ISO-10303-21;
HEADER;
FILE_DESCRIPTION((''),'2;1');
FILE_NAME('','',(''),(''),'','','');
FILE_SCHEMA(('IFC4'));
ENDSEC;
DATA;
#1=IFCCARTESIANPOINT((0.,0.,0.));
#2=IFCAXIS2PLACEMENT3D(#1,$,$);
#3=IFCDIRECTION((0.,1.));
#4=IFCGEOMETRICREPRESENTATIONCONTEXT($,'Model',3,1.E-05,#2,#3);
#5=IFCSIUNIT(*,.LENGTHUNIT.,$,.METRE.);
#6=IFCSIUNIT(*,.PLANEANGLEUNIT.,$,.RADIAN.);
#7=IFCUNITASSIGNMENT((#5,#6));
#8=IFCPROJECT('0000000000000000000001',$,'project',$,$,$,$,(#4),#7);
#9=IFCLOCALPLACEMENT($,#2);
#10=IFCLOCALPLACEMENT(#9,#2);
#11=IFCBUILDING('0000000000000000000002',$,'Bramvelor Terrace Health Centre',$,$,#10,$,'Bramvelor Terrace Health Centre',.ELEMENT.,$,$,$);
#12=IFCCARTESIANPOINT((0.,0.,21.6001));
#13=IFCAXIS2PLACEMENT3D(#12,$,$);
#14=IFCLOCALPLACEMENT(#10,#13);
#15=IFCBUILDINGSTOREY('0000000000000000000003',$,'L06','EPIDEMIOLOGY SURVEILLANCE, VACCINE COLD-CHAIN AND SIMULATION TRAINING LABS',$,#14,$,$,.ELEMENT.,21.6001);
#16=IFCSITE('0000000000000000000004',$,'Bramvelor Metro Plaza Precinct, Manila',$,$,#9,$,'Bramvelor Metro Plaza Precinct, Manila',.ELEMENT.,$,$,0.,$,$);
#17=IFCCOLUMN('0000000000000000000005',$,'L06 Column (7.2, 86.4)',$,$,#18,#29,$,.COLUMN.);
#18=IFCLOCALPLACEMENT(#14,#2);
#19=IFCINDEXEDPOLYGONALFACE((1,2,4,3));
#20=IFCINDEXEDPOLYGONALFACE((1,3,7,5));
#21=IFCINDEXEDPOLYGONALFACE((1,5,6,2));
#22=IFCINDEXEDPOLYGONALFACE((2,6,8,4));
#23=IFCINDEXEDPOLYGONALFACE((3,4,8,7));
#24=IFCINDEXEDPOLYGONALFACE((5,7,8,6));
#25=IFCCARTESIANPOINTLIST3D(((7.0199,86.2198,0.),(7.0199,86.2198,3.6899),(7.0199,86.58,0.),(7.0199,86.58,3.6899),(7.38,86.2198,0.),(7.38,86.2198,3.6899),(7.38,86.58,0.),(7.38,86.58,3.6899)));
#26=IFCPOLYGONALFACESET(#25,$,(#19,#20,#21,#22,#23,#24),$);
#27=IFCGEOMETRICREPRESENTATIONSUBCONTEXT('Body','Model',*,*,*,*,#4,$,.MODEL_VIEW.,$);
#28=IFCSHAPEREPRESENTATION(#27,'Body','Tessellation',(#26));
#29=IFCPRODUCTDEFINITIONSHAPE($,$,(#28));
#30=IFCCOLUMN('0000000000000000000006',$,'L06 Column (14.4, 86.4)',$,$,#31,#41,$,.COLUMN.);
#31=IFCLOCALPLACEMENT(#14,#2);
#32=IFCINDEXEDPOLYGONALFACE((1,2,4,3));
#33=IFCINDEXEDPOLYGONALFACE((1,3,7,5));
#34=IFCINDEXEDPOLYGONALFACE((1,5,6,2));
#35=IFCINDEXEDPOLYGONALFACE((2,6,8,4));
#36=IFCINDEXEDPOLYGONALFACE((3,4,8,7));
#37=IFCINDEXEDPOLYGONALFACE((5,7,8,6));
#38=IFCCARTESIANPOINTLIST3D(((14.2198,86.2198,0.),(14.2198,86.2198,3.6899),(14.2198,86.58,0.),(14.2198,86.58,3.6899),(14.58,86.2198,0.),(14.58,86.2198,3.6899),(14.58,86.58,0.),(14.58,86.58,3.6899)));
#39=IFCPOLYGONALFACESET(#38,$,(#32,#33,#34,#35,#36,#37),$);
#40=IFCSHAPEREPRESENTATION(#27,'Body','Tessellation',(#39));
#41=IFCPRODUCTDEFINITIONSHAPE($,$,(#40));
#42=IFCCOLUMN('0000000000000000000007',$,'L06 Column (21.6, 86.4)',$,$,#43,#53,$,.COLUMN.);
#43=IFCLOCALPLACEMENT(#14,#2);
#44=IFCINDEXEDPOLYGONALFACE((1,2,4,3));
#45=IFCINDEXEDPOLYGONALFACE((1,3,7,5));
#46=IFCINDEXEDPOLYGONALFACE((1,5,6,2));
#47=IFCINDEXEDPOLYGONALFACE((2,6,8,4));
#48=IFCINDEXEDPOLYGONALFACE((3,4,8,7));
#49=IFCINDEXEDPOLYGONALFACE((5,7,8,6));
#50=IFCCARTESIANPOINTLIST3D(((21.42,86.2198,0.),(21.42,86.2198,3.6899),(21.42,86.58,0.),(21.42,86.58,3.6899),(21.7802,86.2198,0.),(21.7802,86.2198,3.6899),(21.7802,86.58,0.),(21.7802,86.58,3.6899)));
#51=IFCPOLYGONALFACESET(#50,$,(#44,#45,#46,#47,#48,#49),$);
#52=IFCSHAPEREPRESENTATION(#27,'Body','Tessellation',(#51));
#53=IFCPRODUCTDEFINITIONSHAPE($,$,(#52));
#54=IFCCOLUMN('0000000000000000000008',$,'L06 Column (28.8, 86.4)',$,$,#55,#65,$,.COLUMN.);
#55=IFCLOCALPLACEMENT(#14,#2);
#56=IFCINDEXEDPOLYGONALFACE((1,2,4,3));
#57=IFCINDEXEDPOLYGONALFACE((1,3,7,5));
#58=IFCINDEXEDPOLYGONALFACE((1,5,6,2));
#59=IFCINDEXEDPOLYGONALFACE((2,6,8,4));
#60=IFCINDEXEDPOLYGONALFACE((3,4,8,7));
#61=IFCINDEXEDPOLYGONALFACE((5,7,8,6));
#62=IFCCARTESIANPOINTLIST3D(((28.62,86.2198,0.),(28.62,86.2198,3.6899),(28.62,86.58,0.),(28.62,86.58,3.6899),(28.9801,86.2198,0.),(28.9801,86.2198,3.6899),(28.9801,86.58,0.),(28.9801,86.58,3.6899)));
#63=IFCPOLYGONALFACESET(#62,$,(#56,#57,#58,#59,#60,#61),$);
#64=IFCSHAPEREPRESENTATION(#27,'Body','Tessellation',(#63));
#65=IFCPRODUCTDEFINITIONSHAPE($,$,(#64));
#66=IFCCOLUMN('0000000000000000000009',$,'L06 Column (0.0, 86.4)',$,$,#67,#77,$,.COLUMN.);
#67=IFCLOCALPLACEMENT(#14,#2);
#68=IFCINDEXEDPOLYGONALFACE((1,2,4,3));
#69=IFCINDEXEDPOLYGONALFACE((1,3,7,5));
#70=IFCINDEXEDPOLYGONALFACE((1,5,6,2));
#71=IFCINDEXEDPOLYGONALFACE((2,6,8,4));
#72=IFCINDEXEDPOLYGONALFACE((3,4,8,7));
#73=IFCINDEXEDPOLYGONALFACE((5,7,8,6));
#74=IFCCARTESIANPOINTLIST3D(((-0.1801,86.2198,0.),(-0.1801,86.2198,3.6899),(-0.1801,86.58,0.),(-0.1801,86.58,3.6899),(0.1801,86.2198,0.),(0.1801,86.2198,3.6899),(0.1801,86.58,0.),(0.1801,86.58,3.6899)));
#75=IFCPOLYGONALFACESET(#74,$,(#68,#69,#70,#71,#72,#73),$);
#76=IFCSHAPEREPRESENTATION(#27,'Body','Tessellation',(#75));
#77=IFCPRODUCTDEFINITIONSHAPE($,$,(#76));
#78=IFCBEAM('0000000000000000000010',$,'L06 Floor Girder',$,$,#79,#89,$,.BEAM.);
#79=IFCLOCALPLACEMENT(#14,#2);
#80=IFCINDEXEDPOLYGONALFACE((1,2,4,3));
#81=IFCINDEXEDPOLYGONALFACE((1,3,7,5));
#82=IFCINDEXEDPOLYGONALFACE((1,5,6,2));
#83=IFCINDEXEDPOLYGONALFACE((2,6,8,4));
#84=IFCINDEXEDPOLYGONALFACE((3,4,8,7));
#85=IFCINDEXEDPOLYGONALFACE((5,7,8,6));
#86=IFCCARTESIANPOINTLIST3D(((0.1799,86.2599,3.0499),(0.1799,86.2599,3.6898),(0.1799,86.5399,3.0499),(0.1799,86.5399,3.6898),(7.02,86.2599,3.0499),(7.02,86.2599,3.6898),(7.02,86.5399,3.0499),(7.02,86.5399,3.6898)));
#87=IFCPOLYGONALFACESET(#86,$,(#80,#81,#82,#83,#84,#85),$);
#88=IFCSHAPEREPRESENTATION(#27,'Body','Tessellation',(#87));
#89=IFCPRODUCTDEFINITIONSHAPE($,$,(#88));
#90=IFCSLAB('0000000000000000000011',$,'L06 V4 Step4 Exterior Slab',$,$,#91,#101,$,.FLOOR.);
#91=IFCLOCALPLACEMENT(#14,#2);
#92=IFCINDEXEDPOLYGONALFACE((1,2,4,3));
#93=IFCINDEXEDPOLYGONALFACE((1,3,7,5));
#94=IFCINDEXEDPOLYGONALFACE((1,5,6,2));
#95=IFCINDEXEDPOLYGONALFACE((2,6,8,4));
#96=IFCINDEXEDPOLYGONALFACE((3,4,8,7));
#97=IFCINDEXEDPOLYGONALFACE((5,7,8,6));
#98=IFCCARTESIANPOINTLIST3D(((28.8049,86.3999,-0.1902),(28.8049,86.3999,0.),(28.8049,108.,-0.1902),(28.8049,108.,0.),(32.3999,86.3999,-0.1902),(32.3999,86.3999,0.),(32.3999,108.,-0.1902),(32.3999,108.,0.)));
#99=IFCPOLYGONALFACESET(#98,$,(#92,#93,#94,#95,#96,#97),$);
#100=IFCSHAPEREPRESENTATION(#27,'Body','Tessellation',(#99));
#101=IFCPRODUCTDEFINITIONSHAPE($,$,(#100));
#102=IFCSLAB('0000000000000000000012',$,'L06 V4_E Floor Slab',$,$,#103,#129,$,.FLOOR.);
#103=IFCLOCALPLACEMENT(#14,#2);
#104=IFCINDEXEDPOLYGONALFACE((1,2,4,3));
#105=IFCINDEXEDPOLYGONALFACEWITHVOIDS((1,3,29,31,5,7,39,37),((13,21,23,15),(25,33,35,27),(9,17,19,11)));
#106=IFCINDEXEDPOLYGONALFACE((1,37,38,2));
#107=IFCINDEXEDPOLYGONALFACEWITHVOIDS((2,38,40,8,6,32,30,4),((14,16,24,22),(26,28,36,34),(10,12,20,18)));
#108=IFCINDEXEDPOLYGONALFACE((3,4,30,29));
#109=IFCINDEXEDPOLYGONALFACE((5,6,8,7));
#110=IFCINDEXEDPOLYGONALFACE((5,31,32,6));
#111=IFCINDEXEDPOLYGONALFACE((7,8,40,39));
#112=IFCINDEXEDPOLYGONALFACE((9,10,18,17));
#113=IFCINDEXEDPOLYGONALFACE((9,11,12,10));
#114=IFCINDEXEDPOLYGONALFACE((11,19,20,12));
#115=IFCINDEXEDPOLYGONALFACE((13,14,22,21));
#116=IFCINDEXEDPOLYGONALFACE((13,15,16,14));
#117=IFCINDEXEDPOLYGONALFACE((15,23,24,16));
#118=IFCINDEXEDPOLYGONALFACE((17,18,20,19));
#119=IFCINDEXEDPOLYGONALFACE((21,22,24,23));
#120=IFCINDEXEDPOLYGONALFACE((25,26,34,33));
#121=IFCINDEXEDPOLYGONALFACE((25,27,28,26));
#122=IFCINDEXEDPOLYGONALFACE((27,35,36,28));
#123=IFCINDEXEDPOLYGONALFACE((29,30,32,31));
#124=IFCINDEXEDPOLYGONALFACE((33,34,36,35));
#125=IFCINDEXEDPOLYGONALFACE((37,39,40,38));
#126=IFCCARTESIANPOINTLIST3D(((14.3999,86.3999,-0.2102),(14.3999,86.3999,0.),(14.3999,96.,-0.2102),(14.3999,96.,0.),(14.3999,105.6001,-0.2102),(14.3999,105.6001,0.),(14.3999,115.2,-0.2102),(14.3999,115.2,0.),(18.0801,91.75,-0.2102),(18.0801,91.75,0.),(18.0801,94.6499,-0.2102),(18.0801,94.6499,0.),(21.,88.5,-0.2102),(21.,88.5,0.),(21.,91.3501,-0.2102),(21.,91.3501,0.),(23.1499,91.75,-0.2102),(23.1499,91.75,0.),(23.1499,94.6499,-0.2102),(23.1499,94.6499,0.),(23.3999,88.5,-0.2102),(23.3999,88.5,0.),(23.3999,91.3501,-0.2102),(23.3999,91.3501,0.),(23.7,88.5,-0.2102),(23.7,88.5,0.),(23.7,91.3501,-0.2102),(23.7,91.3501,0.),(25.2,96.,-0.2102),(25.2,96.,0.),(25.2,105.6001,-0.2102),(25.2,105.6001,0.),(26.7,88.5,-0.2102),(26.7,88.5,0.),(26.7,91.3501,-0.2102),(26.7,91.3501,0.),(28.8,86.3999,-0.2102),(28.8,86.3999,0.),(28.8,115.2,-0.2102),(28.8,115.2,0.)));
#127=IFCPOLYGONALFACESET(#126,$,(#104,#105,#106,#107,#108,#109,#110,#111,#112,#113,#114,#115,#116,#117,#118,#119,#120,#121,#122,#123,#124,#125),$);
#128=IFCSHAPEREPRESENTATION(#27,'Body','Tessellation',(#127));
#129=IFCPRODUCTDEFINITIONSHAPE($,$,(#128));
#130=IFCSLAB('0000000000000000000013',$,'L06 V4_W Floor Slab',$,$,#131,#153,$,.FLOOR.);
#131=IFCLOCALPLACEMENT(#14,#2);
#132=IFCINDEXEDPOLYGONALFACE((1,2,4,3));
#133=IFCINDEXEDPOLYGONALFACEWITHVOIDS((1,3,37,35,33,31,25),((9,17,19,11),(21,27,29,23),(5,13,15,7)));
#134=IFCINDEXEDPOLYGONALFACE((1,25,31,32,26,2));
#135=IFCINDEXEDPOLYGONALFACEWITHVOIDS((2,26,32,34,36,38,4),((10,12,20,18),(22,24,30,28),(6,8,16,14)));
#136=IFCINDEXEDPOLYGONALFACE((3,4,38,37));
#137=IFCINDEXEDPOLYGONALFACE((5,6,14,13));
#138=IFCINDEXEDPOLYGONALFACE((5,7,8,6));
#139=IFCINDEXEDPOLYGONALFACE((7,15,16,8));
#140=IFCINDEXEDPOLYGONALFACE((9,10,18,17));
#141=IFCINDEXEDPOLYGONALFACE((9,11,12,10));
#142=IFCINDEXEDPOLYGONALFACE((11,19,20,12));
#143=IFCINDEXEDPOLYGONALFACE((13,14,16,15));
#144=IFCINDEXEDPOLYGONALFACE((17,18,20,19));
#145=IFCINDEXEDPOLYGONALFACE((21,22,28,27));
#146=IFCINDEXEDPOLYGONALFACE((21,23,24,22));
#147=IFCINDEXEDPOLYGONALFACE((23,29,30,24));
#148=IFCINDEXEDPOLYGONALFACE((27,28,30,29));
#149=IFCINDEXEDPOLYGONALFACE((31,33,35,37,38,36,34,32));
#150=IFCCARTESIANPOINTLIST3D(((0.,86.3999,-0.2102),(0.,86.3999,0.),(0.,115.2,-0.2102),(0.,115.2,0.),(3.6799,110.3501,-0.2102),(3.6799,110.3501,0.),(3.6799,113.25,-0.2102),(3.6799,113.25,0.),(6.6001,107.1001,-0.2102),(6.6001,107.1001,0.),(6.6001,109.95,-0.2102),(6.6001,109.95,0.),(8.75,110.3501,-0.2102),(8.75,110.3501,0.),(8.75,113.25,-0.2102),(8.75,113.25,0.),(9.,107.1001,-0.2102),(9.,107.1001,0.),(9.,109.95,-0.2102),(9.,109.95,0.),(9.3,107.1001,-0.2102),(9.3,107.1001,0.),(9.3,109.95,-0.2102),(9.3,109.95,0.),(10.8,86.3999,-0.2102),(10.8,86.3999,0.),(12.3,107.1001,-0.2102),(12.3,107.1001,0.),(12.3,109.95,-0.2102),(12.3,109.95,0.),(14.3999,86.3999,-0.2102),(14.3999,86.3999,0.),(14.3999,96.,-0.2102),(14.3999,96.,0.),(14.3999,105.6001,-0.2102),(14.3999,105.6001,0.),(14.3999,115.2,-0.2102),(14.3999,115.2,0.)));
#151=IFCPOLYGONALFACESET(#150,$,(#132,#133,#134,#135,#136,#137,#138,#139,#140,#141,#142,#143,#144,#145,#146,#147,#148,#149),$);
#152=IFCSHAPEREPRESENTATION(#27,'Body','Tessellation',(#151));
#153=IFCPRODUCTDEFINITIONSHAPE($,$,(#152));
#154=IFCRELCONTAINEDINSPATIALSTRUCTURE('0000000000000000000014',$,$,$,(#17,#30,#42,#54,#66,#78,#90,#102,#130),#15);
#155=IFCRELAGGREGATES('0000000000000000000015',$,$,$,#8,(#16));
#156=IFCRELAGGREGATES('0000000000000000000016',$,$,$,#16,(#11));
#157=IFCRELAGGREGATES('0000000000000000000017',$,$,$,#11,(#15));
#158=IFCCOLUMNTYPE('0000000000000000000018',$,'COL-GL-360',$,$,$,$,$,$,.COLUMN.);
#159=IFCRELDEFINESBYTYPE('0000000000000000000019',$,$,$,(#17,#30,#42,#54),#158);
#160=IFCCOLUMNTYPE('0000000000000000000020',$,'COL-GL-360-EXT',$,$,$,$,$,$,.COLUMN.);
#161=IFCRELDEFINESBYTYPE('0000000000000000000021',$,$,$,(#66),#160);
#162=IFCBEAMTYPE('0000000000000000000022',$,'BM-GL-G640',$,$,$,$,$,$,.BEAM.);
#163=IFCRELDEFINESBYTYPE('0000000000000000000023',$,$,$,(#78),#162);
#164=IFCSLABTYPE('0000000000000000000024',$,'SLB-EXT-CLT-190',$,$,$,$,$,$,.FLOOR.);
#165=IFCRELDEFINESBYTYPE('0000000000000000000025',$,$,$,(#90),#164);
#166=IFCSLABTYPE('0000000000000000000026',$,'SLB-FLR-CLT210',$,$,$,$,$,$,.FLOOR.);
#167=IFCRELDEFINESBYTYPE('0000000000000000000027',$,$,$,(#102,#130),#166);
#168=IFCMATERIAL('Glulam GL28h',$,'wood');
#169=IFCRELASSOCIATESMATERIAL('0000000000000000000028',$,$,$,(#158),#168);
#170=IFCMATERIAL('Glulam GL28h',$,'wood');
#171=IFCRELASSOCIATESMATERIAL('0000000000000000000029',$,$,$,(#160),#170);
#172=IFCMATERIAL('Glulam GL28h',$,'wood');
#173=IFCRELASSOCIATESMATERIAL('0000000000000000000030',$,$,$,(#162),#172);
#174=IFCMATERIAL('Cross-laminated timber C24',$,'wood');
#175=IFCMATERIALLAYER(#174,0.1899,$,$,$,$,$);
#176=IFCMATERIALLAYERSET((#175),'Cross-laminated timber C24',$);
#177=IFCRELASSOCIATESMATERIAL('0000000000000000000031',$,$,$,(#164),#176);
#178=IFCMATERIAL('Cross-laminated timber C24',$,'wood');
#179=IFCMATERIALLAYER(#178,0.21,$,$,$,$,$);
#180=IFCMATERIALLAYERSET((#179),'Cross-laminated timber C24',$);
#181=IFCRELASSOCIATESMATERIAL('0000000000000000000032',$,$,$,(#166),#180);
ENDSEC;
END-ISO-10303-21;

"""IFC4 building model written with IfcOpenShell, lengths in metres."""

from ifc_helpers import new_model, si_unit, direction, frame, origin, origin_2d, place, context, subcontext, project, spatial, polyline, rectangle, outline, extrude, material, layer, layer_set, material_profile, profile_set, type_object, element, save


model = new_model("IFC4")

# Units and contexts
model_context = context("Model", 3, precision=1e-05, world=origin(), true_north=direction((0.0, 1.0)))
body_context = subcontext(model_context, "Body", "Model", "MODEL_VIEW")
ifc_project = project(units=[si_unit("LENGTHUNIT", "METRE"), si_unit("PLANEANGLEUNIT", "RADIAN")], contexts=[model_context])

# Site, building, storey
site_placement = place(None, origin())
site = spatial("IfcSite", under=ifc_project, at=site_placement, Name="Bramvelor Metro Plaza Precinct, Manila", LongName="Bramvelor Metro Plaza Precinct, Manila", CompositionType="ELEMENT", RefElevation=0.0)
building_placement = place(site_placement, origin())
building = spatial("IfcBuilding", under=site, at=building_placement, Name="Bramvelor Terrace Health Centre", LongName="Bramvelor Terrace Health Centre", CompositionType="ELEMENT")
storey_placement = place(building_placement, frame((0.0, 0.0, 21.6001)))
storey = spatial("IfcBuildingStorey", under=building, at=storey_placement, Name="L06", Description="EPIDEMIOLOGY SURVEILLANCE, VACCINE COLD-CHAIN AND SIMULATION TRAINING LABS", CompositionType="ELEMENT", Elevation=21.6001)

# Columns
ifc_material_1 = material(Name="Glulam GL28h", Category="wood")
ifc_material_profile_1 = material_profile(ifc_material_1, rectangle(XDim=0.3601, YDim=0.3601, at=origin_2d()), Name="GL 360x360")
ifc_profile_set_1 = profile_set([ifc_material_profile_1], Name="Glulam GL28h")
column_type_1 = type_object("IfcColumnType", Name="COL-GL-360", PredefinedType="COLUMN", material=ifc_profile_set_1)
for number, where, z_axis, x_axis, name in (
    (1, (7.2, 86.3999, 0.0), (0.0, 0.0, 1.0), (1.0, 0.0, 0.0), "L06 Column (7.2, 86.4)"),
    (2, (14.3999, 86.3999, 0.0), (0.0, 0.0, 1.0), (1.0, 0.0, 0.0), "L06 Column (14.4, 86.4)"),
    (3, (21.6001, 86.3999, 0.0), (0.0, 0.0, 1.0), (1.0, 0.0, 0.0), "L06 Column (21.6, 86.4)"),
    (4, (28.8, 86.3999, 0.0), (0.0, 0.0, 1.0), (1.0, 0.0, 0.0), "L06 Column (28.8, 86.4)"),
):
    element("IfcColumn", number, at=place(storey_placement, frame(where, z_axis=z_axis, x_axis=x_axis)), inside=storey, type_object=column_type_1, Name=name, PredefinedType="COLUMN", context=body_context, shape_type="SweptSolid", body=[
        extrude(rectangle(XDim=0.3601, YDim=0.3601, at=origin_2d()), origin(), (0.0, 0.0, 1.0), 3.6899),
    ])
ifc_material_2 = material(Name="Glulam GL28h", Category="wood")
ifc_material_profile_2 = material_profile(ifc_material_2, rectangle(XDim=0.3601, YDim=0.3601, at=origin_2d()), Name="GL 360x360")
ifc_profile_set_2 = profile_set([ifc_material_profile_2], Name="Glulam GL28h")
column_type_2 = type_object("IfcColumnType", Name="COL-GL-360-EXT", PredefinedType="COLUMN", material=ifc_profile_set_2)
column_placement = place(storey_placement, frame((0.0, 86.3999, 0.0), z_axis=(0.0, 0.0, 1.0), x_axis=(1.0, 0.0, 0.0)))
element("IfcColumn", 5, at=column_placement, inside=storey, type_object=column_type_2, Name="L06 Column (0.0, 86.4)", PredefinedType="COLUMN", context=body_context, shape_type="SweptSolid", body=[
    extrude(rectangle(XDim=0.3601, YDim=0.3601, at=origin_2d()), origin(), (0.0, 0.0, 1.0), 3.6899),
])

# Beam
ifc_material_3 = material(Name="Glulam GL28h", Category="wood")
ifc_material_profile_3 = material_profile(ifc_material_3, rectangle(XDim=0.28, YDim=0.6399, at=origin_2d()), Name="GL 280x640")
ifc_profile_set_3 = profile_set([ifc_material_profile_3], Name="Glulam GL28h")
beam_type = type_object("IfcBeamType", Name="BM-GL-G640", PredefinedType="BEAM", material=ifc_profile_set_3)
beam_placement = place(storey_placement, frame((0.1799, 86.3999, 3.3699), z_axis=(1.0, 0.0, 0.0), x_axis=(0.0, 1.0, 0.0)))
element("IfcBeam", 6, at=beam_placement, inside=storey, type_object=beam_type, Name="L06 Floor Girder", PredefinedType="BEAM", context=body_context, shape_type="SweptSolid", body=[
    extrude(rectangle(XDim=0.28, YDim=0.6399, at=origin_2d()), origin(), (0.0, 0.0, 1.0), 6.8401),
])

# Slabs
ifc_material_4 = material(Name="Cross-laminated timber C24", Category="wood")
ifc_layer_1 = layer(ifc_material_4, 0.1899)
ifc_layer_set_1 = layer_set([ifc_layer_1], Name="Cross-laminated timber C24")
slab_type_1 = type_object("IfcSlabType", Name="SLB-EXT-CLT-190", PredefinedType="FLOOR", material=ifc_layer_set_1)
slab_1_placement = place(storey_placement, frame((0.0, 0.0, -0.1902)))
element("IfcSlab", 7, at=slab_1_placement, inside=storey, type_object=slab_type_1, Name="L06 V4 Step4 Exterior Slab", PredefinedType="FLOOR", context=body_context, shape_type="SweptSolid", body=[
    extrude(outline(polyline([(32.3999, 108.0), (32.3999, 86.3999), (28.8049, 86.3999), (28.8049, 108.0), (32.3999, 108.0)])), origin(), (0.0, 0.0, 1.0), 0.1902),
])
ifc_material_5 = material(Name="Cross-laminated timber C24", Category="wood")
ifc_layer_2 = layer(ifc_material_5, 0.21)
ifc_layer_set_2 = layer_set([ifc_layer_2], Name="Cross-laminated timber C24")
slab_type_2 = type_object("IfcSlabType", Name="SLB-FLR-CLT210", PredefinedType="FLOOR", material=ifc_layer_set_2)
slab_2_placement = place(storey_placement, frame((0.0, 0.0, -0.2102)))
element("IfcSlab", 8, at=slab_2_placement, inside=storey, type_object=slab_type_2, Name="L06 V4_E Floor Slab", PredefinedType="FLOOR", context=body_context, shape_type="SweptSolid", body=[
    extrude(outline(polyline([(14.3999, 96.0), (25.2, 96.0), (25.2, 105.6001), (14.3999, 105.6001), (14.3999, 115.2), (28.8, 115.2), (28.8, 86.3999), (14.3999, 86.3999), (14.3999, 96.0)]), holes=[polyline([(18.0801, 91.75), (23.1499, 91.75), (23.1499, 94.6499), (18.0801, 94.6499), (18.0801, 91.75)]), polyline([(21.0, 91.3501), (21.0, 88.5), (23.3999, 88.5), (23.3999, 91.3501), (21.0, 91.3501)]), polyline([(26.7, 91.3501), (23.7, 91.3501), (23.7, 88.5), (26.7, 88.5), (26.7, 91.3501)])]), origin(), (0.0, 0.0, 1.0), 0.2102),
])
slab_3_placement = place(storey_placement, frame((0.0, 0.0, -0.2102)))
element("IfcSlab", 9, at=slab_3_placement, inside=storey, type_object=slab_type_2, Name="L06 V4_W Floor Slab", PredefinedType="FLOOR", context=body_context, shape_type="SweptSolid", body=[
    extrude(outline(polyline([(14.3999, 86.3999), (10.8, 86.3999), (0.0, 86.3999), (0.0, 115.2), (14.3999, 115.2), (14.3999, 105.6001), (14.3999, 96.0), (14.3999, 86.3999)]), holes=[polyline([(3.6799, 110.3501), (8.75, 110.3501), (8.75, 113.25), (3.6799, 113.25), (3.6799, 110.3501)]), polyline([(6.6001, 109.95), (6.6001, 107.1001), (9.0, 107.1001), (9.0, 109.95), (6.6001, 109.95)]), polyline([(12.3, 109.95), (9.3, 109.95), (9.3, 107.1001), (12.3, 107.1001), (12.3, 109.95)])]), origin(), (0.0, 0.0, 1.0), 0.2102),
])

save(model, "model.ifc")
